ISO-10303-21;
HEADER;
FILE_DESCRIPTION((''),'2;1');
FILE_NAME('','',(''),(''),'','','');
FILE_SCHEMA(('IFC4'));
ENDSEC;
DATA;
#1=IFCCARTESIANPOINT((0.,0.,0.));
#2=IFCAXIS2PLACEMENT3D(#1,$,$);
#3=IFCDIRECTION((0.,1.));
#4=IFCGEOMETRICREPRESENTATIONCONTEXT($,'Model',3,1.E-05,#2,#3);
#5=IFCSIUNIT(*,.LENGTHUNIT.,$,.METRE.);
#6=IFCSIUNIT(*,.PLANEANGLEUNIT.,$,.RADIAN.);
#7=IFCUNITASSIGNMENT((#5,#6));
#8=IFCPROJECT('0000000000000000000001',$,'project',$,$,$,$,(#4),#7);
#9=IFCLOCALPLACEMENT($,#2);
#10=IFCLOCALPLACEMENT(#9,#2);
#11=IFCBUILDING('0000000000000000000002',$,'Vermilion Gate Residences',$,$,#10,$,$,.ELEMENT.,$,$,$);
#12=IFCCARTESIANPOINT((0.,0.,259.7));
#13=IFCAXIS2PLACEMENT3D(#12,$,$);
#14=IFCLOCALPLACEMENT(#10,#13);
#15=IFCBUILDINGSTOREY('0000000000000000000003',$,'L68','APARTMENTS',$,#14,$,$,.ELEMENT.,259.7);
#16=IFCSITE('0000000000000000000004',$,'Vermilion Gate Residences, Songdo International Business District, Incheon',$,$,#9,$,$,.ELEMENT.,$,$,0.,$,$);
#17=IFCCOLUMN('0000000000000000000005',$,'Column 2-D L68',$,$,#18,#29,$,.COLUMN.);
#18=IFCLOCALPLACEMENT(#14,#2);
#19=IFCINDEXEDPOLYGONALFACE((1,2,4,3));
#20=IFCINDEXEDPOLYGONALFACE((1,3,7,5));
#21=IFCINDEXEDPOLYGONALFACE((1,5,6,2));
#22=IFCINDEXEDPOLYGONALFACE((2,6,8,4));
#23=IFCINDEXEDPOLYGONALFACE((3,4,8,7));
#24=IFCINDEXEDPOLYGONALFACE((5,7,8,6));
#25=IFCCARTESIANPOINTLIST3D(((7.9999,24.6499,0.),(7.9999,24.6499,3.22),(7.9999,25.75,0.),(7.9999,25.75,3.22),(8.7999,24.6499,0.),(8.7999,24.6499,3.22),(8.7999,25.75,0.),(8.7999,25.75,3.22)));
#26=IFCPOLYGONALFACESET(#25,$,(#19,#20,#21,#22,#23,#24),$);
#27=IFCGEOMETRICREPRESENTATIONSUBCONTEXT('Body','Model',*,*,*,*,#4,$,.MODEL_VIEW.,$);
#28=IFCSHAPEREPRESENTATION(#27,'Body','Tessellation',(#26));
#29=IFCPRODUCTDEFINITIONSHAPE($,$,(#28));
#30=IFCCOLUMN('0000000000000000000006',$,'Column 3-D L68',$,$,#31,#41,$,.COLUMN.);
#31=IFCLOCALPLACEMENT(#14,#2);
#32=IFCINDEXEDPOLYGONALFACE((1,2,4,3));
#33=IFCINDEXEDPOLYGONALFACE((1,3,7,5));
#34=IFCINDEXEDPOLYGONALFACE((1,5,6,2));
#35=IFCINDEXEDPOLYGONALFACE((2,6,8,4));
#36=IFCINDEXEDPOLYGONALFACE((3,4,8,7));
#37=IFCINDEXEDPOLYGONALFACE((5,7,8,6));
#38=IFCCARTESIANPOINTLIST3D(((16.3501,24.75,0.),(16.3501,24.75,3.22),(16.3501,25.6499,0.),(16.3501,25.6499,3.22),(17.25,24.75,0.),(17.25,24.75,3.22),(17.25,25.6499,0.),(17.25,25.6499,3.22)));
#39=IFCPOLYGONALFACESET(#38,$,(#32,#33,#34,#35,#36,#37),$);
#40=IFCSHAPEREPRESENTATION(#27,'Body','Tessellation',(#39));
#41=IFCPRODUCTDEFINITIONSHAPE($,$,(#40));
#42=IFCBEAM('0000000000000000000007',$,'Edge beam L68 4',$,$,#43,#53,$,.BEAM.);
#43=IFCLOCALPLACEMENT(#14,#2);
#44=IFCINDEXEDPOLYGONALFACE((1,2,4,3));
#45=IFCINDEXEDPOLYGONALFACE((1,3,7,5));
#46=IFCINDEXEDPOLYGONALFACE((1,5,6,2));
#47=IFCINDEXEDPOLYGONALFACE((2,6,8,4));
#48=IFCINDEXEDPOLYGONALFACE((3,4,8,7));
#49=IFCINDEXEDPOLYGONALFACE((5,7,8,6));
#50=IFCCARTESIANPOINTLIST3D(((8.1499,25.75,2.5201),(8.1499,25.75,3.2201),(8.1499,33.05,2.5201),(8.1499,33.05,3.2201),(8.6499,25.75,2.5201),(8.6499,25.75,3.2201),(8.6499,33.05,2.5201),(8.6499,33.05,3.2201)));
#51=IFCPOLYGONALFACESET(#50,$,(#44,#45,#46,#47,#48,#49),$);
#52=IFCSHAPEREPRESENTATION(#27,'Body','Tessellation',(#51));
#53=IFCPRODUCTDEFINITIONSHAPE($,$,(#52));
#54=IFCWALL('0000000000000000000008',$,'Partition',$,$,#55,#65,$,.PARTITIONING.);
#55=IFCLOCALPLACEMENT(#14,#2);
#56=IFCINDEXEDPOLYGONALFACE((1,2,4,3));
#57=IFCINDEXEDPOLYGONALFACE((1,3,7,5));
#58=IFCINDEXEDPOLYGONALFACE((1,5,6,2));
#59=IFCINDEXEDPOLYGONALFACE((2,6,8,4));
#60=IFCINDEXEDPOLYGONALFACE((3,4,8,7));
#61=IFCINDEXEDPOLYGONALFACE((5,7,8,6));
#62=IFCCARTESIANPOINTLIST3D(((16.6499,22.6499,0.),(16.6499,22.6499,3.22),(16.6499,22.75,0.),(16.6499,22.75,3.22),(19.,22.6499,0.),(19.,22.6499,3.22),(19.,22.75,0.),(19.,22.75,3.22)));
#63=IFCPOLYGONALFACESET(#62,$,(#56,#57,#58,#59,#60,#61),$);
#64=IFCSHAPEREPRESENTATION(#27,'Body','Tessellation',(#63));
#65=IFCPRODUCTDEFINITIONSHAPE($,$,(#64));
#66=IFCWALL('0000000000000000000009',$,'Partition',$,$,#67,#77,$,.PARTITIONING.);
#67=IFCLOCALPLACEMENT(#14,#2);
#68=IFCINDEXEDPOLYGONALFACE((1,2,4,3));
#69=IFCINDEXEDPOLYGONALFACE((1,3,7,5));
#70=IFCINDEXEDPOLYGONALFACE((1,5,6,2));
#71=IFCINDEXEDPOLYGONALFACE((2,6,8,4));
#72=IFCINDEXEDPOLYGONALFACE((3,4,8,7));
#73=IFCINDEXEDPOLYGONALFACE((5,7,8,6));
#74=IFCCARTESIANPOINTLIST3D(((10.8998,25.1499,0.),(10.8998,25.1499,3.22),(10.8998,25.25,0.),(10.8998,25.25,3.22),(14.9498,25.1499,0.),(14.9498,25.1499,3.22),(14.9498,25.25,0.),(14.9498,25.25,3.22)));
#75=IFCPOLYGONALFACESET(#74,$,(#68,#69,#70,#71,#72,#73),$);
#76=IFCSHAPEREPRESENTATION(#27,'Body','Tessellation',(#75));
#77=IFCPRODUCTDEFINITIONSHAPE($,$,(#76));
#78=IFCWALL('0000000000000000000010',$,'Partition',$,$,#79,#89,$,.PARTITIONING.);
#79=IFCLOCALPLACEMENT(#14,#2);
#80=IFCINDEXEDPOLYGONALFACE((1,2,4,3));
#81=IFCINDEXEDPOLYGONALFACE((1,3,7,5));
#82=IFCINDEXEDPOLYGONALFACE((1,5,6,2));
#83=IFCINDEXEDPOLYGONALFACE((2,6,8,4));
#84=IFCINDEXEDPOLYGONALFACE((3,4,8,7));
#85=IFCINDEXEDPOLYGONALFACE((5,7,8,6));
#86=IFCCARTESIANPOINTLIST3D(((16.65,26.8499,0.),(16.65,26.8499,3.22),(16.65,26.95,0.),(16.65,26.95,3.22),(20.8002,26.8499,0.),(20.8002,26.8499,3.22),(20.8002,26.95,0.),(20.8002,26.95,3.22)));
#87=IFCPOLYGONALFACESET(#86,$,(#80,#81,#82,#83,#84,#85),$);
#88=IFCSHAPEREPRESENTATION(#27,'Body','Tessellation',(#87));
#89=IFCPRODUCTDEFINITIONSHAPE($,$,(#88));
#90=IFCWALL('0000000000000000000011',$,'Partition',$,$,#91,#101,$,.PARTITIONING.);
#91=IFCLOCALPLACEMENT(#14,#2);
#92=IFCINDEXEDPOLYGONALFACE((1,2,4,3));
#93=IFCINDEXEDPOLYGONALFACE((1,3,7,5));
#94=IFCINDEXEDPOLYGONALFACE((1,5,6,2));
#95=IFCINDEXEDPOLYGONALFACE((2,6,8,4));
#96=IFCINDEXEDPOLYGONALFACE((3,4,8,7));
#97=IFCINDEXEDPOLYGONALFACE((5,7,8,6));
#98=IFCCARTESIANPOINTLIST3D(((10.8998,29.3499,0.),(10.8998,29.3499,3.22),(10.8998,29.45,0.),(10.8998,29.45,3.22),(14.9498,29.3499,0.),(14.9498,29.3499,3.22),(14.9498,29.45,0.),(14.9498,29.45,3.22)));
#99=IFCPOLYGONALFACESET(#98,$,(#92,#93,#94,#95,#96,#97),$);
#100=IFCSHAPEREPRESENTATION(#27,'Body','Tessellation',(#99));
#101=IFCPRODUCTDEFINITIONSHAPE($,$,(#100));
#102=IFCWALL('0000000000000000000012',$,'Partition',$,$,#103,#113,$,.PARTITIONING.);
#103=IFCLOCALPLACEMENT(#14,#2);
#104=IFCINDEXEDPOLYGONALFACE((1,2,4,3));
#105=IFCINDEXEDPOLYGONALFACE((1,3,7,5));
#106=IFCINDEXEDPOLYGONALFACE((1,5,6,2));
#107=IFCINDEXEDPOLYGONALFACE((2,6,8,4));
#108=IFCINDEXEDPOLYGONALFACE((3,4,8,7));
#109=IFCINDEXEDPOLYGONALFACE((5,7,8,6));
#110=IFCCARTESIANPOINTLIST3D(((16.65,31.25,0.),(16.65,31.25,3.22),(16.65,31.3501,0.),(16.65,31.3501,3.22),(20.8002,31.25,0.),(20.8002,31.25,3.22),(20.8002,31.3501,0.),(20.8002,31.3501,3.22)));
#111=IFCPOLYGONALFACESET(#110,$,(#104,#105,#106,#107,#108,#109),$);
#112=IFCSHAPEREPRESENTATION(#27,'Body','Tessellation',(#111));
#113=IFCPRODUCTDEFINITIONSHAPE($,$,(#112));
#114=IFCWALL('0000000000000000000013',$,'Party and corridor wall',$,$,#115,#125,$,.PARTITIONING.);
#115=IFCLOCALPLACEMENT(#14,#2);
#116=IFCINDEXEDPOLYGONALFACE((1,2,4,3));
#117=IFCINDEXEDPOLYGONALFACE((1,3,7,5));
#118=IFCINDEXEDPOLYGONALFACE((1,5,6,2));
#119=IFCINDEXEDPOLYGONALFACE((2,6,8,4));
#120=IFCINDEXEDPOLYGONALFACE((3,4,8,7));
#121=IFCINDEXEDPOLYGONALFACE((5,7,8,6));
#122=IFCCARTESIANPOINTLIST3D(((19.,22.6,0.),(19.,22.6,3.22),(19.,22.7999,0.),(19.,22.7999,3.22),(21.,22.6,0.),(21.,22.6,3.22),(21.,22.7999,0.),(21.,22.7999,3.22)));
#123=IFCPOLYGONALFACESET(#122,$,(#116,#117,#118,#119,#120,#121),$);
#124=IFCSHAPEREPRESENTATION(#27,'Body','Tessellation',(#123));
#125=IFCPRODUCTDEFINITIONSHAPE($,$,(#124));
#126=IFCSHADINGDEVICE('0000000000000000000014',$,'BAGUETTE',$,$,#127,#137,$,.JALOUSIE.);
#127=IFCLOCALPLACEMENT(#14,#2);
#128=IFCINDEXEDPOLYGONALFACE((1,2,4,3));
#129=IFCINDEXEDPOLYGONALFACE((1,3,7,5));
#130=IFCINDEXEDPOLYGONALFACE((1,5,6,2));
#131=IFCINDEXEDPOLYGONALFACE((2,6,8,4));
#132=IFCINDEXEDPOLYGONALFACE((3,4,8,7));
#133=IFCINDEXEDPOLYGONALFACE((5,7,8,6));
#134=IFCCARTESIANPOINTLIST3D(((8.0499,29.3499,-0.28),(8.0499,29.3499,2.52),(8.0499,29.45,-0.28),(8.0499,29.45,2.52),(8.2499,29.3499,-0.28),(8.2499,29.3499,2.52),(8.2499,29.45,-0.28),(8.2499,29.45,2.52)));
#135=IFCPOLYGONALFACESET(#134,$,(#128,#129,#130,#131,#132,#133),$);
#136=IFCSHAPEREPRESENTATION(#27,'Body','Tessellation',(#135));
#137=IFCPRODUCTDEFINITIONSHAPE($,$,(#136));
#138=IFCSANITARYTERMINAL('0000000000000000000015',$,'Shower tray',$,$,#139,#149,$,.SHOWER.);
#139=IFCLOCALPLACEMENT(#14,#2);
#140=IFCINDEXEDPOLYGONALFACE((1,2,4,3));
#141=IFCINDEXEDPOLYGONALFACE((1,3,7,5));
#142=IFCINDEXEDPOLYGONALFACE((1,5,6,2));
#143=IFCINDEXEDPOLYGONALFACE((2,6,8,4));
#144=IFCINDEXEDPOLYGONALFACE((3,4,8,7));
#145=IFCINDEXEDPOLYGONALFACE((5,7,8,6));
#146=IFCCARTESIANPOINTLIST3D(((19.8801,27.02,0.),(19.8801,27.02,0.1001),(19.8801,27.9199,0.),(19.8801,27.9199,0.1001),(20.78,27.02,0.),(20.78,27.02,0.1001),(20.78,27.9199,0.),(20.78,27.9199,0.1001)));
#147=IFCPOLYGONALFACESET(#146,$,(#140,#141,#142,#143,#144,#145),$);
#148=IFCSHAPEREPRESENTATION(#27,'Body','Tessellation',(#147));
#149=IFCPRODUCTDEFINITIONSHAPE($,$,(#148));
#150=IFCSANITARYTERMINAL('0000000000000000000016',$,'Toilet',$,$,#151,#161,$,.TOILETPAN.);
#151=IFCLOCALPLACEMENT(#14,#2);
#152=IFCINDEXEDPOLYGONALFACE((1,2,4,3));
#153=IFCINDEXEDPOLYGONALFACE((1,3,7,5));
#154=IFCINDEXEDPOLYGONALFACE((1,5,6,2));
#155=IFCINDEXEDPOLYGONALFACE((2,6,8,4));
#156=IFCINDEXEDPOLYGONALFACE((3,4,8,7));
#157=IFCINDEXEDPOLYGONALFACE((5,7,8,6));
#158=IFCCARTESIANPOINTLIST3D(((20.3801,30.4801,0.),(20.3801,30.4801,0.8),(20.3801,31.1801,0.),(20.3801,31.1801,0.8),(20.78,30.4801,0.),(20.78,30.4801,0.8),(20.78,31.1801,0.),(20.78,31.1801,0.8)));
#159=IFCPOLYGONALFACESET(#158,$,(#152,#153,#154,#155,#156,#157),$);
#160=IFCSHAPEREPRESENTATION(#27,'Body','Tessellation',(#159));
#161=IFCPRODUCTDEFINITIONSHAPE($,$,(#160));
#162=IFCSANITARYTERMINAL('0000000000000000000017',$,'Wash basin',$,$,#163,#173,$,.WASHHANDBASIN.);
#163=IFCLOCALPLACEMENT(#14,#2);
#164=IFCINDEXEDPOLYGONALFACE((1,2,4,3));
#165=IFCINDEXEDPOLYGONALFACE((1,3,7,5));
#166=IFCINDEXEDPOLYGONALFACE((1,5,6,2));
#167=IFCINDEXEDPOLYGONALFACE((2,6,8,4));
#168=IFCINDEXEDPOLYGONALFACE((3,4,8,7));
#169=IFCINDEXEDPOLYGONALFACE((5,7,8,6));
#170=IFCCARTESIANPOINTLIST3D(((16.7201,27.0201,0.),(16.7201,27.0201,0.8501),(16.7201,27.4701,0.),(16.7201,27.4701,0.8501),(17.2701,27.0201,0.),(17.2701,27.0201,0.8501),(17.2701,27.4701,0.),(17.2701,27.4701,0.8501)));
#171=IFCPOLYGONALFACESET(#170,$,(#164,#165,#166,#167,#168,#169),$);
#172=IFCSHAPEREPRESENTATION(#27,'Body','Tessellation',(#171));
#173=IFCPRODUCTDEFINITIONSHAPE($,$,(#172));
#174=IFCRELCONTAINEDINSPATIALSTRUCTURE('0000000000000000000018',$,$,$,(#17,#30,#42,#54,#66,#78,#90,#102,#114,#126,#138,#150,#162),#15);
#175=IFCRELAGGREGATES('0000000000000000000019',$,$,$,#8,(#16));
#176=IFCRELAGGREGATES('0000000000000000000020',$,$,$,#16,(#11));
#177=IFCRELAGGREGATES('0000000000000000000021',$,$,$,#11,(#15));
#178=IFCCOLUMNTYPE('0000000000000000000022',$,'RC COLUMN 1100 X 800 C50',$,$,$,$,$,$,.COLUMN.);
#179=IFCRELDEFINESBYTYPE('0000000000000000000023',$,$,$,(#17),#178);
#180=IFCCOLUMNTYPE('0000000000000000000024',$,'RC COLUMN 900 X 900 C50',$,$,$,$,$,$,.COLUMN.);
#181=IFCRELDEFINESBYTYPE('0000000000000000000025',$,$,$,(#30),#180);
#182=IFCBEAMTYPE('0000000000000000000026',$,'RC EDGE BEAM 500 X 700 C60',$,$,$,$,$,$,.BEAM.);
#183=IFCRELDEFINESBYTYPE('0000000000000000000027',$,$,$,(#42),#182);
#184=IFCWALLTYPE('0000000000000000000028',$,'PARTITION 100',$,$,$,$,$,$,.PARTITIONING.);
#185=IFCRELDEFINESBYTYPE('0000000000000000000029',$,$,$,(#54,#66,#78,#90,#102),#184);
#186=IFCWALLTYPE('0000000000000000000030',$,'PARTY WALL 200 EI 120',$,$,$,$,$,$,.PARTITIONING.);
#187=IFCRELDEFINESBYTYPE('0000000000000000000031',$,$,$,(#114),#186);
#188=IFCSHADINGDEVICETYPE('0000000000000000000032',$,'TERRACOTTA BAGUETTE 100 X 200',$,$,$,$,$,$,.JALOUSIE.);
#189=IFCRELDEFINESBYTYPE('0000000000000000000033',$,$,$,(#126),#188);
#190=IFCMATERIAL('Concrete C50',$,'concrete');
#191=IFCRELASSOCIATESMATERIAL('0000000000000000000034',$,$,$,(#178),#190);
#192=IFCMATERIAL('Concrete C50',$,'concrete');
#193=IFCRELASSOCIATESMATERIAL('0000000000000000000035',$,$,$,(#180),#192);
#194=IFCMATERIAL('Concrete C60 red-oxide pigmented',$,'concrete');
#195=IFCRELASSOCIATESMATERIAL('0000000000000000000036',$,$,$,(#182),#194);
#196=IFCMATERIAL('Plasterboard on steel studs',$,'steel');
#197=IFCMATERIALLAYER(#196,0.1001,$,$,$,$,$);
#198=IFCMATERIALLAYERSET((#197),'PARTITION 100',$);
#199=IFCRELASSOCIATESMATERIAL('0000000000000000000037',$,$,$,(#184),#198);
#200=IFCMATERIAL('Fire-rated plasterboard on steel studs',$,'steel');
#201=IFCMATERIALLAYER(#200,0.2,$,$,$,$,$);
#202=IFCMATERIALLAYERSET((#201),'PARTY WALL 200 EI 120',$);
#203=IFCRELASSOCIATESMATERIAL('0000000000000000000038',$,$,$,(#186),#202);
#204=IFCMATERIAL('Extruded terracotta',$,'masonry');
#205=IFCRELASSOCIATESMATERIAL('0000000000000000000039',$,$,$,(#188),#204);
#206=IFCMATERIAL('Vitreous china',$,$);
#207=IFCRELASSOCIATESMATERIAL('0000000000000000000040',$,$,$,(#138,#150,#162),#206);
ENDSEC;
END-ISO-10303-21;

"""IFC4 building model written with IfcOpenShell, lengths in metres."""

from ifc_helpers import new_model, si_unit, direction, frame, frame_2d, origin, origin_2d, place, context, subcontext, project, spatial, rectangle, extrude, material, layer, layer_set, material_profile, profile_set, type_object, element, save


model = new_model("IFC4")

# Units and contexts
model_context = context("Model", 3, precision=1e-05, world=origin(), true_north=direction((0.0, 1.0)))
body_context = subcontext(model_context, "Body", "Model", "MODEL_VIEW")
ifc_project = project(units=[si_unit("LENGTHUNIT", "METRE"), si_unit("PLANEANGLEUNIT", "RADIAN")], contexts=[model_context])

# Site, building, storey
site_placement = place(None, origin())
site = spatial("IfcSite", under=ifc_project, at=site_placement, Name="Vermilion Gate Residences, Songdo International Business District, Incheon", CompositionType="ELEMENT", RefElevation=0.0)
building_placement = place(site_placement, origin())
building = spatial("IfcBuilding", under=site, at=building_placement, Name="Vermilion Gate Residences", CompositionType="ELEMENT")
storey_placement = place(building_placement, frame((0.0, 0.0, 259.7)))
storey = spatial("IfcBuildingStorey", under=building, at=storey_placement, Name="L68", Description="APARTMENTS", CompositionType="ELEMENT", Elevation=259.7)

# Columns
ifc_material_1 = material(Name="Concrete C50", Category="concrete")
ifc_material_profile_1 = material_profile(ifc_material_1, rectangle(XDim=1.1001, YDim=0.8, at=origin_2d()), Name="RC-1100x800")
ifc_profile_set_1 = profile_set([ifc_material_profile_1], Name="Concrete C50")
column_type_1 = type_object("IfcColumnType", Name="RC COLUMN 1100 X 800 C50", PredefinedType="COLUMN", material=ifc_profile_set_1)
column_1_placement = place(storey_placement, frame((8.3999, 25.2, 0.0), z_axis=(0.0, 0.0, 1.0), x_axis=(0.0, 1.0, 0.0)))
element("IfcColumn", 1, at=column_1_placement, inside=storey, type_object=column_type_1, Name="Column 2-D L68", PredefinedType="COLUMN", context=body_context, shape_type="SweptSolid", body=[
    extrude(rectangle(XDim=1.1001, YDim=0.8, at=origin_2d()), origin(), (0.0, 0.0, 1.0), 3.22),
])
ifc_material_2 = material(Name="Concrete C50", Category="concrete")
ifc_material_profile_2 = material_profile(ifc_material_2, rectangle(XDim=0.8999, YDim=0.8999, at=origin_2d()), Name="RC-900x900")
ifc_profile_set_2 = profile_set([ifc_material_profile_2], Name="Concrete C50")
column_type_2 = type_object("IfcColumnType", Name="RC COLUMN 900 X 900 C50", PredefinedType="COLUMN", material=ifc_profile_set_2)
column_2_placement = place(storey_placement, frame((16.8, 25.2, 0.0), z_axis=(0.0, 0.0, 1.0), x_axis=(1.0, 0.0, 0.0)))
element("IfcColumn", 2, at=column_2_placement, inside=storey, type_object=column_type_2, Name="Column 3-D L68", PredefinedType="COLUMN", context=body_context, shape_type="SweptSolid", body=[
    extrude(rectangle(XDim=0.8999, YDim=0.8999, at=origin_2d()), origin(), (0.0, 0.0, 1.0), 3.22),
])

# Beam
ifc_material_3 = material(Name="Concrete C60 red-oxide pigmented", Category="concrete")
ifc_material_profile_3 = material_profile(ifc_material_3, rectangle(XDim=0.5, YDim=0.7, at=origin_2d()), Name="RC-500x700")
ifc_profile_set_3 = profile_set([ifc_material_profile_3], Name="Concrete C60 red-oxide pigmented")
beam_type = type_object("IfcBeamType", Name="RC EDGE BEAM 500 X 700 C60", PredefinedType="BEAM", material=ifc_profile_set_3)
beam_placement = place(storey_placement, frame((8.3999, 25.75, 2.8701), z_axis=(0.0, 1.0, 0.0), x_axis=(-1.0, 0.0, 0.0)))
element("IfcBeam", 3, at=beam_placement, inside=storey, type_object=beam_type, Name="Edge beam L68 4", PredefinedType="BEAM", context=body_context, shape_type="SweptSolid", body=[
    extrude(rectangle(XDim=0.5, YDim=0.7, at=origin_2d()), origin(), (0.0, 0.0, 1.0), 7.3),
])

# Walls
ifc_material_4 = material(Name="Plasterboard on steel studs", Category="steel")
ifc_layer_1 = layer(ifc_material_4, 0.1001)
ifc_layer_set_1 = layer_set([ifc_layer_1], Name="PARTITION 100")
wall_type_1 = type_object("IfcWallType", Name="PARTITION 100", PredefinedType="PARTITIONING", material=ifc_layer_set_1)
wall_1_placement = place(storey_placement, frame((16.6499, 22.7, 0.0), z_axis=(0.0, 0.0, 1.0), x_axis=(1.0, 0.0, 0.0)))
element("IfcWall", 4, at=wall_1_placement, inside=storey, type_object=wall_type_1, Name="Partition", PredefinedType="PARTITIONING", context=body_context, shape_type="SweptSolid", body=[
    extrude(rectangle(XDim=2.3501, YDim=0.1001, at=frame_2d((1.175, 0.0))), origin(), (0.0, 0.0, 1.0), 3.22),
])
wall_2_placement = place(storey_placement, frame((10.8999, 25.2, 0.0), z_axis=(0.0, 0.0, 1.0), x_axis=(1.0, 0.0, 0.0)))
element("IfcWall", 5, at=wall_2_placement, inside=storey, type_object=wall_type_1, Name="Partition", PredefinedType="PARTITIONING", context=body_context, shape_type="SweptSolid", body=[
    extrude(rectangle(XDim=4.05, YDim=0.1001, at=frame_2d((2.0249, 0.0))), origin(), (0.0, 0.0, 1.0), 3.22),
])
wall_3_placement = place(storey_placement, frame((16.6499, 26.8999, 0.0), z_axis=(0.0, 0.0, 1.0), x_axis=(1.0, 0.0, 0.0)))
element("IfcWall", 6, at=wall_3_placement, inside=storey, type_object=wall_type_1, Name="Partition", PredefinedType="PARTITIONING", context=body_context, shape_type="SweptSolid", body=[
    extrude(rectangle(XDim=4.1501, YDim=0.1001, at=frame_2d((2.0752, 0.0))), origin(), (0.0, 0.0, 1.0), 3.22),
])
wall_4_placement = place(storey_placement, frame((10.8999, 29.3999, 0.0), z_axis=(0.0, 0.0, 1.0), x_axis=(1.0, 0.0, 0.0)))
element("IfcWall", 7, at=wall_4_placement, inside=storey, type_object=wall_type_1, Name="Partition", PredefinedType="PARTITIONING", context=body_context, shape_type="SweptSolid", body=[
    extrude(rectangle(XDim=4.05, YDim=0.1001, at=frame_2d((2.0249, 0.0))), origin(), (0.0, 0.0, 1.0), 3.22),
])
wall_5_placement = place(storey_placement, frame((16.6499, 31.3, 0.0), z_axis=(0.0, 0.0, 1.0), x_axis=(1.0, 0.0, 0.0)))
element("IfcWall", 8, at=wall_5_placement, inside=storey, type_object=wall_type_1, Name="Partition", PredefinedType="PARTITIONING", context=body_context, shape_type="SweptSolid", body=[
    extrude(rectangle(XDim=4.1501, YDim=0.1001, at=frame_2d((2.0752, 0.0))), origin(), (0.0, 0.0, 1.0), 3.22),
])
ifc_material_5 = material(Name="Fire-rated plasterboard on steel studs", Category="steel")
ifc_layer_2 = layer(ifc_material_5, 0.2)
ifc_layer_set_2 = layer_set([ifc_layer_2], Name="PARTY WALL 200 EI 120")
wall_type_2 = type_object("IfcWallType", Name="PARTY WALL 200 EI 120", PredefinedType="PARTITIONING", material=ifc_layer_set_2)
wall_6_placement = place(storey_placement, frame((19.0, 22.7, 0.0), z_axis=(0.0, 0.0, 1.0), x_axis=(1.0, 0.0, 0.0)))
element("IfcWall", 9, at=wall_6_placement, inside=storey, type_object=wall_type_2, Name="Party and corridor wall", PredefinedType="PARTITIONING", context=body_context, shape_type="SweptSolid", body=[
    extrude(rectangle(XDim=2.0, YDim=0.2, at=frame_2d((1.0, 0.0))), origin(), (0.0, 0.0, 1.0), 3.22),
])

# Shading device
ifc_material_6 = material(Name="Extruded terracotta", Category="masonry")
ifc_material_profile_4 = material_profile(ifc_material_6, rectangle(XDim=0.2, YDim=0.1001, at=origin_2d()), Name="BAGUETTE 100 X 200")
ifc_profile_set_4 = profile_set([ifc_material_profile_4], Name="Extruded terracotta")
shading_device_type = type_object("IfcShadingDeviceType", Name="TERRACOTTA BAGUETTE 100 X 200", PredefinedType="JALOUSIE", material=ifc_profile_set_4)
shading_device_placement = place(storey_placement, frame((8.1499, 29.3999, -0.28), z_axis=(0.0, 0.0, 1.0), x_axis=(1.0, 0.0, 0.0)))
element("IfcShadingDevice", 10, at=shading_device_placement, inside=storey, type_object=shading_device_type, Name="BAGUETTE", PredefinedType="JALOUSIE", context=body_context, shape_type="SweptSolid", body=[
    extrude(rectangle(XDim=0.2, YDim=0.1001, at=origin_2d()), origin(), (0.0, 0.0, 1.0), 2.8),
])

# Sanitary terminals
ifc_material_7 = material(Name="Vitreous china")
sanitary_terminal_1_placement = place(storey_placement, frame((20.3301, 27.47, 0.0), z_axis=(0.0, 0.0, 1.0), x_axis=(1.0, 0.0, 0.0)))
element("IfcSanitaryTerminal", 11, at=sanitary_terminal_1_placement, inside=storey, material=ifc_material_7, Name="Shower tray", PredefinedType="SHOWER", context=body_context, shape_type="SweptSolid", body=[
    extrude(rectangle(XDim=0.8999, YDim=0.8999, at=origin_2d()), origin(), (0.0, 0.0, 1.0), 0.1001),
])
sanitary_terminal_2_placement = place(storey_placement, frame((20.5801, 30.8301, 0.0), z_axis=(0.0, 0.0, 1.0), x_axis=(1.0, 0.0, 0.0)))
element("IfcSanitaryTerminal", 12, at=sanitary_terminal_2_placement, inside=storey, material=ifc_material_7, Name="Toilet", PredefinedType="TOILETPAN", context=body_context, shape_type="SweptSolid", body=[
    extrude(rectangle(XDim=0.3999, YDim=0.7, at=origin_2d()), origin(), (0.0, 0.0, 1.0), 0.8),
])
sanitary_terminal_3_placement = place(storey_placement, frame((16.9951, 27.2451, 0.0), z_axis=(0.0, 0.0, 1.0), x_axis=(1.0, 0.0, 0.0)))
element("IfcSanitaryTerminal", 13, at=sanitary_terminal_3_placement, inside=storey, material=ifc_material_7, Name="Wash basin", PredefinedType="WASHHANDBASIN", context=body_context, shape_type="SweptSolid", body=[
    extrude(rectangle(XDim=0.55, YDim=0.45, at=origin_2d()), origin(), (0.0, 0.0, 1.0), 0.8501),
])

save(model, "model.ifc")
